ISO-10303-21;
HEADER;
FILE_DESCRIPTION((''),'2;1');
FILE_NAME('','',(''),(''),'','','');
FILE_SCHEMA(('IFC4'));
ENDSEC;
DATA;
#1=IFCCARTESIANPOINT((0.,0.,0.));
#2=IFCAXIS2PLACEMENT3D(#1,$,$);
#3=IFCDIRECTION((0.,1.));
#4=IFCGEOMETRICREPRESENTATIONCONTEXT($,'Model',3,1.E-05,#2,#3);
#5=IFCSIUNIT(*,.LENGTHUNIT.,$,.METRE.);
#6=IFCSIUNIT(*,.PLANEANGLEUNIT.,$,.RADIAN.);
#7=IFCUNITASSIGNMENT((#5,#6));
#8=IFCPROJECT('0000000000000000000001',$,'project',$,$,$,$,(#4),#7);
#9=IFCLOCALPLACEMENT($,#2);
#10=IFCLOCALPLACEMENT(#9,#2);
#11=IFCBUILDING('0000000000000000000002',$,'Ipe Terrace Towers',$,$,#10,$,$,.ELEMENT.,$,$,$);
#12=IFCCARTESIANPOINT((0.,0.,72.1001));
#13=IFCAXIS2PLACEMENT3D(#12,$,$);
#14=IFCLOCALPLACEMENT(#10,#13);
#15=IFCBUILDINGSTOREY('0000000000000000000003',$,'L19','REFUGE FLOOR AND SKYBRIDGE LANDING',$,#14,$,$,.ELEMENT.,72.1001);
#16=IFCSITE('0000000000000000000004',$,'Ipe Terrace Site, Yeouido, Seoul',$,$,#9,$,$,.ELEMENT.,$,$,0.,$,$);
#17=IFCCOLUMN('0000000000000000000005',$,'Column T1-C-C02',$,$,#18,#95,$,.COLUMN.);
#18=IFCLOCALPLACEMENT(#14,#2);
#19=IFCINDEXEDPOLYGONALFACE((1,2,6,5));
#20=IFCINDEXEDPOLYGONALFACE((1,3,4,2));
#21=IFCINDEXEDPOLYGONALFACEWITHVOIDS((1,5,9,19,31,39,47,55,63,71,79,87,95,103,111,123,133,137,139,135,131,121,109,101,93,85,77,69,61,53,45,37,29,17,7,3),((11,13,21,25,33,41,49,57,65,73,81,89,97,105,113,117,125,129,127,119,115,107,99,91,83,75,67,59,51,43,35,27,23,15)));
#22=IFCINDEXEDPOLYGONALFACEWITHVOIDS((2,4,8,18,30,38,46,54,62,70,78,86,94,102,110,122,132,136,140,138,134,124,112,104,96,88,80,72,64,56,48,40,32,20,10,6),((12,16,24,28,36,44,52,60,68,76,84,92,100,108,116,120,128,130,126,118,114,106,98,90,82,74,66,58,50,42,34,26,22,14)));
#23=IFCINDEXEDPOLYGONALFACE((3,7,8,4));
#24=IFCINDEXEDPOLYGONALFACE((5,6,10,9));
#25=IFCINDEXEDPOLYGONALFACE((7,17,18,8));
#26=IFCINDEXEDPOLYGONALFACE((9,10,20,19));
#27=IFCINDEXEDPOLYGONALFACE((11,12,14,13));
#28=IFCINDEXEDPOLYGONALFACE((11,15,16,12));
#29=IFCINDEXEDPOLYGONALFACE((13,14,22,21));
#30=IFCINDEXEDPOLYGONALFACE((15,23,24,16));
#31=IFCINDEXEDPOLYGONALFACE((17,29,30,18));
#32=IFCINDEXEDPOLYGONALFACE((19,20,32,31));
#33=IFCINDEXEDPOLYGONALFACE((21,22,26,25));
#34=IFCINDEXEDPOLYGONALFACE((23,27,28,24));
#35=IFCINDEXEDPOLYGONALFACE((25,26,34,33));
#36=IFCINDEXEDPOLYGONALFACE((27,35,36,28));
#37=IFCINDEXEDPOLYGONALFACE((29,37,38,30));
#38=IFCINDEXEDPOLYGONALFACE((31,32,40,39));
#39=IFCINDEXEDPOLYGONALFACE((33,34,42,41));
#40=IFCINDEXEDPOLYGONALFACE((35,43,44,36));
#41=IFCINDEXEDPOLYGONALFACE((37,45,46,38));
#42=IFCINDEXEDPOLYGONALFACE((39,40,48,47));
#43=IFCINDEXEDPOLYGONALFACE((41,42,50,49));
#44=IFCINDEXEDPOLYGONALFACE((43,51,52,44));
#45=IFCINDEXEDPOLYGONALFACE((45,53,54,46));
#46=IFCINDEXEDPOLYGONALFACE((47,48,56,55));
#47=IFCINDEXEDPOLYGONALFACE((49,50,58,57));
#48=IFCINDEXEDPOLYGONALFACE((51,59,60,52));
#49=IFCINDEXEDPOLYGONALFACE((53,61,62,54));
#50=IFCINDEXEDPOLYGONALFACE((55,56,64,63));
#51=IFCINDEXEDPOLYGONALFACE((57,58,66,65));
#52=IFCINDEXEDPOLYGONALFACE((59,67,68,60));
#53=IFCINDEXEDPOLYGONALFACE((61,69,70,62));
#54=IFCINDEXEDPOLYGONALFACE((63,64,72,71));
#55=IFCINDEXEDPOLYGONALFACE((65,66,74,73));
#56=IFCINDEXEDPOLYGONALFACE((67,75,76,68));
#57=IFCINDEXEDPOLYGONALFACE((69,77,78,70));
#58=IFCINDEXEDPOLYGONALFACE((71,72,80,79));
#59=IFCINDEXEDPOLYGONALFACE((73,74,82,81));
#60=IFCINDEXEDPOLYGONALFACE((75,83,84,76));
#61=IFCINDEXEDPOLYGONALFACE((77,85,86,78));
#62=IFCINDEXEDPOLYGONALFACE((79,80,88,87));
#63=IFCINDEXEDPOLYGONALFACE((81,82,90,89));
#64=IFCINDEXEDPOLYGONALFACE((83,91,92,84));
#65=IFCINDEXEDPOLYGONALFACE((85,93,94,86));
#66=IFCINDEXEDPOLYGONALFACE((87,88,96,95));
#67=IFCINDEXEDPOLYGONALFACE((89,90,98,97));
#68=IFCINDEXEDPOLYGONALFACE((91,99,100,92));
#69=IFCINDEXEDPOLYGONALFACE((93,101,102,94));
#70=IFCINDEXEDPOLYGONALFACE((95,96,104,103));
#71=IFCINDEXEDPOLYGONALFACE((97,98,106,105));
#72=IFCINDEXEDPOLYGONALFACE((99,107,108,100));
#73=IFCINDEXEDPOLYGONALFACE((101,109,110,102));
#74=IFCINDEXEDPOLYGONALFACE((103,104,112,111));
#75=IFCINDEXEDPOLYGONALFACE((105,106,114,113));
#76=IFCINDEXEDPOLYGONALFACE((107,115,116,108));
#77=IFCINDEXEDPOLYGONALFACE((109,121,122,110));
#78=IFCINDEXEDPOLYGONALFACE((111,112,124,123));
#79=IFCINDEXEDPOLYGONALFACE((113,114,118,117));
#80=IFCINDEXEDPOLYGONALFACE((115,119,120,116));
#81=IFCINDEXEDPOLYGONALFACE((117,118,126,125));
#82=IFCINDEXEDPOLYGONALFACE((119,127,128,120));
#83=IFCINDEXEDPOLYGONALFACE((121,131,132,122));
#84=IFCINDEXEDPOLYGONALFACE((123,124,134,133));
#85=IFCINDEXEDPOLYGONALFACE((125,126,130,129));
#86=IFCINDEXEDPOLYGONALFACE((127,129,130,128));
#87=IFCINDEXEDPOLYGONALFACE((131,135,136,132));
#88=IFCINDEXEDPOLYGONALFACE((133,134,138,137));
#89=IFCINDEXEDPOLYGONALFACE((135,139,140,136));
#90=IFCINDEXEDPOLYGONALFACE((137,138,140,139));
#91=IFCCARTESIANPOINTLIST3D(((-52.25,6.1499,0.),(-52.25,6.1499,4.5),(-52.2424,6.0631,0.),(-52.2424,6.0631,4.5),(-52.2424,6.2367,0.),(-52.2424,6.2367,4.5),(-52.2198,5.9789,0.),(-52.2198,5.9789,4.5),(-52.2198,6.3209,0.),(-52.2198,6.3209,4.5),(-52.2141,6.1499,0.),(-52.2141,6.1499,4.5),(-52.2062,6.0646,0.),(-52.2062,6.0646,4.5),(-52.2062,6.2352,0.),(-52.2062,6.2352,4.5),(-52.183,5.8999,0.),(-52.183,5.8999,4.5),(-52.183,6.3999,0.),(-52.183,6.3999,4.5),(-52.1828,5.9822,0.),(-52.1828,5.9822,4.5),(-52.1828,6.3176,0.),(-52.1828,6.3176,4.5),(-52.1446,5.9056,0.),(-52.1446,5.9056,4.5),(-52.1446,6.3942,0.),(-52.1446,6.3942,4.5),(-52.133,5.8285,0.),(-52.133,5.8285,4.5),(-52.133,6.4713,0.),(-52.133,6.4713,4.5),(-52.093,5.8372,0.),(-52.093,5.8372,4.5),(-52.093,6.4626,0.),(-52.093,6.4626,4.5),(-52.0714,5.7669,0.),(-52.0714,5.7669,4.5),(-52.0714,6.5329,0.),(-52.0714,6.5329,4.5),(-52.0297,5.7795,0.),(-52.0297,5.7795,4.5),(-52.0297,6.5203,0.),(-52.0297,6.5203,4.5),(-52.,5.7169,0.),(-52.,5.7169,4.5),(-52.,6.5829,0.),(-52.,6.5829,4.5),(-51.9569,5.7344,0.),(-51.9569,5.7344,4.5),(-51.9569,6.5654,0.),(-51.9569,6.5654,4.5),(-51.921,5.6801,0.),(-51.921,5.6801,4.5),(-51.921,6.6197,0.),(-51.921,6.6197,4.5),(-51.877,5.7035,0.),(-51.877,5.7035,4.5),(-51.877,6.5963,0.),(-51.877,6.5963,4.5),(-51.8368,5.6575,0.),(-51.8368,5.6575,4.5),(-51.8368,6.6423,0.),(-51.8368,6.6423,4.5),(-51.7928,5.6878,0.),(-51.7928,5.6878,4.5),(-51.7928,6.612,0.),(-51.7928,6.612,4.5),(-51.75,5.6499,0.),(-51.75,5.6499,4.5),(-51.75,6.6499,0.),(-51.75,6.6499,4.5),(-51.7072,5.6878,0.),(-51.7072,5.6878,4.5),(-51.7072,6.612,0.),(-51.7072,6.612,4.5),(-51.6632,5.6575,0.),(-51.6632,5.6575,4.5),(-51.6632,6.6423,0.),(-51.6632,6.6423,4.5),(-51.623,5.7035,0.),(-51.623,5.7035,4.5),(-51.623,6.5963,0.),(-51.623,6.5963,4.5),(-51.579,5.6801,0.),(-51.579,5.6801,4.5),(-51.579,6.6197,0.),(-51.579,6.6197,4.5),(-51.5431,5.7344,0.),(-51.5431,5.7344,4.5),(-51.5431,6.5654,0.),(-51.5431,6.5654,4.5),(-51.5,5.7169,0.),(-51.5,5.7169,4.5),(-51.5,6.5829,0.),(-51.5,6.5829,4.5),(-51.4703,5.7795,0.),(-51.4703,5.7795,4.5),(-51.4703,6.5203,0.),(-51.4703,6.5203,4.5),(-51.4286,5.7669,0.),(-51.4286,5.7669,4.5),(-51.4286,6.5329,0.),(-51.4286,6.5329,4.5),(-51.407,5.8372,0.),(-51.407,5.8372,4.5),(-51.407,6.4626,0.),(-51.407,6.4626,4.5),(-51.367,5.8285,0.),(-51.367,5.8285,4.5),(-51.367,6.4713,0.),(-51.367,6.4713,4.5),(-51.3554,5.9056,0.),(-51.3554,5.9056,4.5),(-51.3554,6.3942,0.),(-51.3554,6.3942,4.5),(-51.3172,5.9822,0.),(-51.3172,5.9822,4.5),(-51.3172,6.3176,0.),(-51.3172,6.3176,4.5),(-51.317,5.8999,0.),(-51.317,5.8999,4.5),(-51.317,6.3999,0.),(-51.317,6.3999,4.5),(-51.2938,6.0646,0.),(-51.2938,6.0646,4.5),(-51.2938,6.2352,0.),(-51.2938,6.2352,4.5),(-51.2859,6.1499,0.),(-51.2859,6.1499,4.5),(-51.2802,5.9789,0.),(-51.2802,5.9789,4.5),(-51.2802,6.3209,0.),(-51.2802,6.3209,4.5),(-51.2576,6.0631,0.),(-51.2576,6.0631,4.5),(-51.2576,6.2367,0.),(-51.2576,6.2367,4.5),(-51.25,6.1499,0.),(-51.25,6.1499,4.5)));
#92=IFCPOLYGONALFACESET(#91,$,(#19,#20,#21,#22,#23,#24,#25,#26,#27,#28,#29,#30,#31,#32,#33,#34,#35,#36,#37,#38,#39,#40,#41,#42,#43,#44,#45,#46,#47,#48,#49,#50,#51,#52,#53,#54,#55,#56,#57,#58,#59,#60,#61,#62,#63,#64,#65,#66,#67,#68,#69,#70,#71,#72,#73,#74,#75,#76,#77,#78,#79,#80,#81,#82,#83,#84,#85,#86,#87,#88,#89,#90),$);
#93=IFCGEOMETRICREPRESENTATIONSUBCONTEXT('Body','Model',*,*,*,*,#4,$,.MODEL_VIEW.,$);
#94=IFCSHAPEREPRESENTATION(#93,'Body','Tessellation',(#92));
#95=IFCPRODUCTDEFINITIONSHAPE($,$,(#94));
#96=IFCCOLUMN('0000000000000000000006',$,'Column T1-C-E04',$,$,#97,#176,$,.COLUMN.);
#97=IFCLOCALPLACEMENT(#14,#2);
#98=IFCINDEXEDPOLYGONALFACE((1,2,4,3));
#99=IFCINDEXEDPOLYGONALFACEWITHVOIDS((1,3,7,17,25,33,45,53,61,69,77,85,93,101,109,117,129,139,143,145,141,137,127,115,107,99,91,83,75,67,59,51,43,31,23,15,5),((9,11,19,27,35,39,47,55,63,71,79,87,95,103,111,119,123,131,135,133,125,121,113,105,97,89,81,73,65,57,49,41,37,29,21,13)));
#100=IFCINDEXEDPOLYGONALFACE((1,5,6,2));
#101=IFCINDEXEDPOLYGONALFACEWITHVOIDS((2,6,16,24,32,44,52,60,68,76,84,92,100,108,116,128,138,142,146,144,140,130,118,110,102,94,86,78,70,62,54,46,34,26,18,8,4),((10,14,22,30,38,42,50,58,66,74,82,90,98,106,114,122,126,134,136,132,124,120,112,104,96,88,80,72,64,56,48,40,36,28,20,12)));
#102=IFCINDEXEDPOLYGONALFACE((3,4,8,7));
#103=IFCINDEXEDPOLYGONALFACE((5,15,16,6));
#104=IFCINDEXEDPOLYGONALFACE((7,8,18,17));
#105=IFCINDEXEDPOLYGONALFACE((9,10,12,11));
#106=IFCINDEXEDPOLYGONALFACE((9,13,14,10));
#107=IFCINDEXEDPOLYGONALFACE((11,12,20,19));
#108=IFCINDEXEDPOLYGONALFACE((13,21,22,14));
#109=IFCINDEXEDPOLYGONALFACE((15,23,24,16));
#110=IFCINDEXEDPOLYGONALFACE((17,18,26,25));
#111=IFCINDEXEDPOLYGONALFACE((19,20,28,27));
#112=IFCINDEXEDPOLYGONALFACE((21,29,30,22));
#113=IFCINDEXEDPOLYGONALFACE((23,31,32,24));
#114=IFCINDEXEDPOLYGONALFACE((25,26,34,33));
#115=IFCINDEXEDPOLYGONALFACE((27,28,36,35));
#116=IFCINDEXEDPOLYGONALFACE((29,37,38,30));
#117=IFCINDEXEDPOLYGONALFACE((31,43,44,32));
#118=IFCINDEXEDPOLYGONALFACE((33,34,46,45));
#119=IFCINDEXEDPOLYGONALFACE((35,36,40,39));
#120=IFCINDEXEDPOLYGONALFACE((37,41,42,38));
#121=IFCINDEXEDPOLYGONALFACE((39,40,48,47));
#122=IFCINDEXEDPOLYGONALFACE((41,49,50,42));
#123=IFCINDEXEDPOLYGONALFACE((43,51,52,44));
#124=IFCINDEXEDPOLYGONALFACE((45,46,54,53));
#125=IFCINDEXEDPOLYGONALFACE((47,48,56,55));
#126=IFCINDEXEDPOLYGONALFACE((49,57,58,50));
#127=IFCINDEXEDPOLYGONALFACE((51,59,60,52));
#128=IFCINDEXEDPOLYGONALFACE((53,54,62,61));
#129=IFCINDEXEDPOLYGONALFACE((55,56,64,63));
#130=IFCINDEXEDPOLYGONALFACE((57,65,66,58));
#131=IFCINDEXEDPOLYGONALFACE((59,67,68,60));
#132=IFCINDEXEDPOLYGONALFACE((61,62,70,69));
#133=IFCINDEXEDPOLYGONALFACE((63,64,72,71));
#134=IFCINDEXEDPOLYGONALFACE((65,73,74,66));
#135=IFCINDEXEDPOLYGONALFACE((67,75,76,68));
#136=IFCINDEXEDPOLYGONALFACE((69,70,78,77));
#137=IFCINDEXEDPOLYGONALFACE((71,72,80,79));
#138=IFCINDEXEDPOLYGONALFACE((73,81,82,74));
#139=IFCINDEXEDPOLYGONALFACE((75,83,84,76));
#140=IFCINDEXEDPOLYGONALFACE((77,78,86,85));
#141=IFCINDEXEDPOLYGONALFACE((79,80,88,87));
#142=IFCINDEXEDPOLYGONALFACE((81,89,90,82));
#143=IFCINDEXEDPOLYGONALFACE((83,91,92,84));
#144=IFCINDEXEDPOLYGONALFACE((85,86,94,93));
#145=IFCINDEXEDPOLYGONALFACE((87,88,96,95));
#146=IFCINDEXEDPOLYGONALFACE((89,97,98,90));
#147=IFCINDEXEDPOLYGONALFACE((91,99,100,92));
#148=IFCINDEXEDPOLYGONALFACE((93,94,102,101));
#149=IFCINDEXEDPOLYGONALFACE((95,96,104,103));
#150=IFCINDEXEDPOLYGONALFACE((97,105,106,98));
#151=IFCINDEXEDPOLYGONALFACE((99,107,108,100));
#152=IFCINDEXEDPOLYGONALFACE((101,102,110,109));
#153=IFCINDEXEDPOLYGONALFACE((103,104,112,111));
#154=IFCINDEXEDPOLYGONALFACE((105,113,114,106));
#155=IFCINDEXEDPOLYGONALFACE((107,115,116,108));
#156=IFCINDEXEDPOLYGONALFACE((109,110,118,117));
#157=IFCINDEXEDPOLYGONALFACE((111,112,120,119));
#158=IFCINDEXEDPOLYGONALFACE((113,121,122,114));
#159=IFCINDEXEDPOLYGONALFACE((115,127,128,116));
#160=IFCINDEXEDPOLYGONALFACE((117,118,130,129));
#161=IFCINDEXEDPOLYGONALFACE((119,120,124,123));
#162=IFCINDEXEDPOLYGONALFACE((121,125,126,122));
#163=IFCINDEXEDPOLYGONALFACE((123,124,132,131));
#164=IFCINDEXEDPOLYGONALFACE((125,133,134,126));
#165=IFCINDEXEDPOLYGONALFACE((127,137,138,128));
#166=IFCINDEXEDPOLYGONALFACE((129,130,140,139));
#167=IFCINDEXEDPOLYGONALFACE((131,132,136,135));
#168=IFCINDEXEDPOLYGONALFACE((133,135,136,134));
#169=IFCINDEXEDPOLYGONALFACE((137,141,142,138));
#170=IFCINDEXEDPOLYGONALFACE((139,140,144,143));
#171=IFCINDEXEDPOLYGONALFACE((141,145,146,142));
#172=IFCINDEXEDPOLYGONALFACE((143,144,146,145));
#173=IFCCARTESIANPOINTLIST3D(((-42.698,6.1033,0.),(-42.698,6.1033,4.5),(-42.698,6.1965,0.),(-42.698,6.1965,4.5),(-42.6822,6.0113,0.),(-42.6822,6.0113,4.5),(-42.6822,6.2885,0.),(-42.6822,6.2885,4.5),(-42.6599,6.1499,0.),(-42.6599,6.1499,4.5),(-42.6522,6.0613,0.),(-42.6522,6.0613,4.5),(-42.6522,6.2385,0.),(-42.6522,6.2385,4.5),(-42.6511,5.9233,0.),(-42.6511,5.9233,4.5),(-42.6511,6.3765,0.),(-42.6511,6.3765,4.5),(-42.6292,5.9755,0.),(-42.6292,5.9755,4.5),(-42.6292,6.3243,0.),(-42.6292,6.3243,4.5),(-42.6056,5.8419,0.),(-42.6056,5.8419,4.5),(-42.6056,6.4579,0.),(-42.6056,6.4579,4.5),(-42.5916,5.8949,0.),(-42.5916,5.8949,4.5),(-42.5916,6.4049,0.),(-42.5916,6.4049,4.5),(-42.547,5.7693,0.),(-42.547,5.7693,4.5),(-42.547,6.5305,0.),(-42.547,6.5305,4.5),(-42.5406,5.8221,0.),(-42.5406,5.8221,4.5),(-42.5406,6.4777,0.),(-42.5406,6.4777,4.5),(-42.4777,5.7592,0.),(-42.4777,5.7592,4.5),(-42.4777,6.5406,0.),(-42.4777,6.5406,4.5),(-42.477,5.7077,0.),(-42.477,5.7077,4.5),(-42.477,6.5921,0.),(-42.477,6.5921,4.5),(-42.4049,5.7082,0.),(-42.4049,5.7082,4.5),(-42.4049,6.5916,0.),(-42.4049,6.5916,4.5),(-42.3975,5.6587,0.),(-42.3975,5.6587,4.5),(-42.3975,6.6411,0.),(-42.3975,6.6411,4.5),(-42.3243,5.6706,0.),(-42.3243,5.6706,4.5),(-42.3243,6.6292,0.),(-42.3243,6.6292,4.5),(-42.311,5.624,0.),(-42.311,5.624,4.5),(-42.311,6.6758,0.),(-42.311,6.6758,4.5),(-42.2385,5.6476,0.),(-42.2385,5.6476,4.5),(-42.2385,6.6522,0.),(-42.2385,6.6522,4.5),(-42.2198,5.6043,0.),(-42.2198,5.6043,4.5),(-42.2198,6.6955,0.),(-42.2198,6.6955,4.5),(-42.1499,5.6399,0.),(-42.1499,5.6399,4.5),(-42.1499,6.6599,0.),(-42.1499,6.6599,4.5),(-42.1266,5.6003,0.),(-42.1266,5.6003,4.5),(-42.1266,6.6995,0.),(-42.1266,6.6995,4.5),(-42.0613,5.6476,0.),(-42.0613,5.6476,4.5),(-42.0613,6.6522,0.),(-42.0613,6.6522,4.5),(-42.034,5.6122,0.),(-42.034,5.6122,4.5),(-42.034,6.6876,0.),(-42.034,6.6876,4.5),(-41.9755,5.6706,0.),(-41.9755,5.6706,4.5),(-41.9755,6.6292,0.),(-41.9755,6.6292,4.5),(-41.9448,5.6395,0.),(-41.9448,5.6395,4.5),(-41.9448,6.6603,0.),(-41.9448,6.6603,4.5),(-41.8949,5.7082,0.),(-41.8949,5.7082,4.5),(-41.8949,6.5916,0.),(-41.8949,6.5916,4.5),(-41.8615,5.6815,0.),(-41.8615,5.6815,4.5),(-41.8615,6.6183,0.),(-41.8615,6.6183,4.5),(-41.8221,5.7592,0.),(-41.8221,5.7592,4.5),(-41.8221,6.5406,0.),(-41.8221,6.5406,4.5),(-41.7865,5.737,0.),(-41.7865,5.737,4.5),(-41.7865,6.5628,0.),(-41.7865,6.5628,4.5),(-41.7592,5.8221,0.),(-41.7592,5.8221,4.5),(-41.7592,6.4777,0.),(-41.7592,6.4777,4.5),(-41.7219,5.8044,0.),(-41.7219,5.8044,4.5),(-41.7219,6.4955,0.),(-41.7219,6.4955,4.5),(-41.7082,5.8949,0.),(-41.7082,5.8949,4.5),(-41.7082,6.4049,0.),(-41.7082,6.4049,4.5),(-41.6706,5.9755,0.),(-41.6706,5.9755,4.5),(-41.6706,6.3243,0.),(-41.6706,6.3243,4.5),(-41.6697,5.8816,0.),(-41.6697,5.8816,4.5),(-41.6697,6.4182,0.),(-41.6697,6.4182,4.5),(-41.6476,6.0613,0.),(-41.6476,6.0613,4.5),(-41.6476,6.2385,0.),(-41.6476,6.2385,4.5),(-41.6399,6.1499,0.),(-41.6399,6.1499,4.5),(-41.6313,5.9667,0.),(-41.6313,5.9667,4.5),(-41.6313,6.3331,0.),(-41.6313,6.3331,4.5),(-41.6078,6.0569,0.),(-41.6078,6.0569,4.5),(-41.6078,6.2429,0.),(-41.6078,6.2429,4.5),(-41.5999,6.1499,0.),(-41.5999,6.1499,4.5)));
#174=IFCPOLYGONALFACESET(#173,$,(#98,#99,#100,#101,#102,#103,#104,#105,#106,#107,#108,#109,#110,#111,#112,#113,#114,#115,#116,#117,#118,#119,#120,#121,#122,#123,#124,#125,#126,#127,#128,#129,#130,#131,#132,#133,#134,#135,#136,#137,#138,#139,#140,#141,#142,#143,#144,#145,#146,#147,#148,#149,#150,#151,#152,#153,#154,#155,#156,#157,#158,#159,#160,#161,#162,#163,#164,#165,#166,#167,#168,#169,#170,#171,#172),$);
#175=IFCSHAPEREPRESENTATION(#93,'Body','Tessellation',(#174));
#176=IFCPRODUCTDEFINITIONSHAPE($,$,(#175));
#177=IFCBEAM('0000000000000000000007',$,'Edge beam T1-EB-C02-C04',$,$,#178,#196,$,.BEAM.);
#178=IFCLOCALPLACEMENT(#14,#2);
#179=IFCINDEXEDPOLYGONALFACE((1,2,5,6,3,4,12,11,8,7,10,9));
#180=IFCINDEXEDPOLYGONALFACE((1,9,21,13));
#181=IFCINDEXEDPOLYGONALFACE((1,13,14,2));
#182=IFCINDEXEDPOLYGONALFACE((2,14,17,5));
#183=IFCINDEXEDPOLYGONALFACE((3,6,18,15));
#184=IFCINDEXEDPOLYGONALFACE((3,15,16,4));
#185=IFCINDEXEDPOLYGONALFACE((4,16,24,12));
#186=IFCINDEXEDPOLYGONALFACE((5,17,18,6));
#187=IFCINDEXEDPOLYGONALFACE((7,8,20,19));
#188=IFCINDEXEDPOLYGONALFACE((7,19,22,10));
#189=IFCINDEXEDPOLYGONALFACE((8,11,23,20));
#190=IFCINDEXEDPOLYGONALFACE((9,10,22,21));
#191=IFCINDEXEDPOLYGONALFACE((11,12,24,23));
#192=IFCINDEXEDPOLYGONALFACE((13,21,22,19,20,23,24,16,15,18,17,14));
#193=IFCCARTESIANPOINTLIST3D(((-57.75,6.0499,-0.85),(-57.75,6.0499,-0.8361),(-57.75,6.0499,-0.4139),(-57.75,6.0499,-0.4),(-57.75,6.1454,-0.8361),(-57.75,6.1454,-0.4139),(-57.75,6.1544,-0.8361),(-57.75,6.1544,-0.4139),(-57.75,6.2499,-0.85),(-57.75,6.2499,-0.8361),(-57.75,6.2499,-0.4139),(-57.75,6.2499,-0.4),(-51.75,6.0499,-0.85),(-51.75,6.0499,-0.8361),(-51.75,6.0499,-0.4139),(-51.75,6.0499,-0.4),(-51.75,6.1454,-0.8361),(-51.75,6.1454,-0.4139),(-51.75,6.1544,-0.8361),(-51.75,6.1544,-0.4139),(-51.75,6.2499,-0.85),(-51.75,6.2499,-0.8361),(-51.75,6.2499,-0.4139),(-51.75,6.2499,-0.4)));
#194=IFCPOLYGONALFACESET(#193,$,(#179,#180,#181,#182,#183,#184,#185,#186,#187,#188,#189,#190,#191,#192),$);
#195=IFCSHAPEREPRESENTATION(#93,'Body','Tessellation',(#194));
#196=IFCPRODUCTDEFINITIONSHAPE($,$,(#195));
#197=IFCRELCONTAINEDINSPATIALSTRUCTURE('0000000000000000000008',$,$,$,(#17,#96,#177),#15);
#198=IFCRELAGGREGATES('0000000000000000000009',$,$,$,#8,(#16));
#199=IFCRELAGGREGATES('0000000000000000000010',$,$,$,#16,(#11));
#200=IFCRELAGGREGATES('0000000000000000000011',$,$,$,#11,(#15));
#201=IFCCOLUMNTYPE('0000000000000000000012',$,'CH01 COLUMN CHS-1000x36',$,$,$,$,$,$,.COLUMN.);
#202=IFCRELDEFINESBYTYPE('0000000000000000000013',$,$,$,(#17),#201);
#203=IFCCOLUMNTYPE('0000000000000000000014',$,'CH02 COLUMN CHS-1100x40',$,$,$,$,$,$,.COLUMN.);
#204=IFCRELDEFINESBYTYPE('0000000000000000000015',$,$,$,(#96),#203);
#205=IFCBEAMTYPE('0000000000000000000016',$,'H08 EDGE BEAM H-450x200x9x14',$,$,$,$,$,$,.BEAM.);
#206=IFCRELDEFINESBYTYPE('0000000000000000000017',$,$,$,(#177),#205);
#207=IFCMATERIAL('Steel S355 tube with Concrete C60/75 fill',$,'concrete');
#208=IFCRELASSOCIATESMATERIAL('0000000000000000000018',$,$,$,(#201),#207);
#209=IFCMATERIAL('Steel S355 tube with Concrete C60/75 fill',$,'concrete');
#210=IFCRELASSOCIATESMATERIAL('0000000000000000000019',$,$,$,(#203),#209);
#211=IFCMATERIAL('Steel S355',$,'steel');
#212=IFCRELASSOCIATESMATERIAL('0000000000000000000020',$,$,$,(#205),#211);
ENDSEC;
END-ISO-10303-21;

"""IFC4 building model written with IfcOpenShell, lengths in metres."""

from ifc_helpers import new_model, si_unit, direction, frame, origin, origin_2d, place, context, subcontext, project, spatial, hollow_circle, i_section, extrude, material, material_profile, profile_set, type_object, element, save


model = new_model("IFC4")

# Units and contexts
model_context = context("Model", 3, precision=1e-05, world=origin(), true_north=direction((0.0, 1.0)))
body_context = subcontext(model_context, "Body", "Model", "MODEL_VIEW")
ifc_project = project(units=[si_unit("LENGTHUNIT", "METRE"), si_unit("PLANEANGLEUNIT", "RADIAN")], contexts=[model_context])

# Site, building, storey
site_placement = place(None, origin())
site = spatial("IfcSite", under=ifc_project, at=site_placement, Name="Ipe Terrace Site, Yeouido, Seoul", CompositionType="ELEMENT", RefElevation=0.0)
building_placement = place(site_placement, origin())
building = spatial("IfcBuilding", under=site, at=building_placement, Name="Ipe Terrace Towers", CompositionType="ELEMENT")
storey_placement = place(building_placement, frame((0.0, 0.0, 72.1001)))
storey = spatial("IfcBuildingStorey", under=building, at=storey_placement, Name="L19", Description="REFUGE FLOOR AND SKYBRIDGE LANDING", CompositionType="ELEMENT", Elevation=72.1001)

# Columns
ifc_material_1 = material(Name="Steel S355 tube with Concrete C60/75 fill", Category="concrete")
ifc_material_profile_1 = material_profile(ifc_material_1, hollow_circle(Radius=0.5, WallThickness=0.0359, at=origin_2d()), Name="CHS-1000x36")
ifc_profile_set_1 = profile_set([ifc_material_profile_1], Name="Steel S355 tube with Concrete C60/75 fill")
column_type_1 = type_object("IfcColumnType", Name="CH01 COLUMN CHS-1000x36", PredefinedType="COLUMN", material=ifc_profile_set_1)
column_1_placement = place(storey_placement, frame((-51.75, 6.1499, 0.0), z_axis=(0.0, 0.0, 1.0), x_axis=(1.0, 0.0, 0.0)))
element("IfcColumn", 1, at=column_1_placement, inside=storey, type_object=column_type_1, Name="Column T1-C-C02", PredefinedType="COLUMN", context=body_context, shape_type="SweptSolid", body=[
    extrude(hollow_circle(Radius=0.5, WallThickness=0.0359, at=origin_2d()), origin(), (0.0, 0.0, 1.0), 4.5),
])
ifc_material_2 = material(Name="Steel S355 tube with Concrete C60/75 fill", Category="concrete")
ifc_material_profile_2 = material_profile(ifc_material_2, hollow_circle(Radius=0.55, WallThickness=0.04, at=origin_2d()), Name="CHS-1100x40")
ifc_profile_set_2 = profile_set([ifc_material_profile_2], Name="Steel S355 tube with Concrete C60/75 fill")
column_type_2 = type_object("IfcColumnType", Name="CH02 COLUMN CHS-1100x40", PredefinedType="COLUMN", material=ifc_profile_set_2)
column_2_placement = place(storey_placement, frame((-42.1499, 6.1499, 0.0), z_axis=(0.0, 0.0, 1.0), x_axis=(1.0, 0.0, 0.0)))
element("IfcColumn", 2, at=column_2_placement, inside=storey, type_object=column_type_2, Name="Column T1-C-E04", PredefinedType="COLUMN", context=body_context, shape_type="SweptSolid", body=[
    extrude(hollow_circle(Radius=0.55, WallThickness=0.04, at=origin_2d()), origin(), (0.0, 0.0, 1.0), 4.5),
])

# Beam
ifc_material_3 = material(Name="Steel S355", Category="steel")
ifc_material_profile_3 = material_profile(ifc_material_3, i_section(OverallWidth=0.2, OverallDepth=0.45, WebThickness=0.009, FlangeThickness=0.0139, at=origin_2d()), Name="H-450x200x9x14")
ifc_profile_set_3 = profile_set([ifc_material_profile_3], Name="Steel S355")
beam_type = type_object("IfcBeamType", Name="H08 EDGE BEAM H-450x200x9x14", PredefinedType="BEAM", material=ifc_profile_set_3)
beam_placement = place(storey_placement, frame((-51.75, 6.1499, -0.625), z_axis=(-1.0, 0.0, 0.0), x_axis=(0.0, -1.0, 0.0)))
element("IfcBeam", 3, at=beam_placement, inside=storey, type_object=beam_type, Name="Edge beam T1-EB-C02-C04", PredefinedType="BEAM", context=body_context, shape_type="SweptSolid", body=[
    extrude(i_section(OverallWidth=0.2, OverallDepth=0.45, WebThickness=0.009, FlangeThickness=0.0139, at=origin_2d()), origin(), (0.0, 0.0, 1.0), 6.0),
])

save(model, "model.ifc")
